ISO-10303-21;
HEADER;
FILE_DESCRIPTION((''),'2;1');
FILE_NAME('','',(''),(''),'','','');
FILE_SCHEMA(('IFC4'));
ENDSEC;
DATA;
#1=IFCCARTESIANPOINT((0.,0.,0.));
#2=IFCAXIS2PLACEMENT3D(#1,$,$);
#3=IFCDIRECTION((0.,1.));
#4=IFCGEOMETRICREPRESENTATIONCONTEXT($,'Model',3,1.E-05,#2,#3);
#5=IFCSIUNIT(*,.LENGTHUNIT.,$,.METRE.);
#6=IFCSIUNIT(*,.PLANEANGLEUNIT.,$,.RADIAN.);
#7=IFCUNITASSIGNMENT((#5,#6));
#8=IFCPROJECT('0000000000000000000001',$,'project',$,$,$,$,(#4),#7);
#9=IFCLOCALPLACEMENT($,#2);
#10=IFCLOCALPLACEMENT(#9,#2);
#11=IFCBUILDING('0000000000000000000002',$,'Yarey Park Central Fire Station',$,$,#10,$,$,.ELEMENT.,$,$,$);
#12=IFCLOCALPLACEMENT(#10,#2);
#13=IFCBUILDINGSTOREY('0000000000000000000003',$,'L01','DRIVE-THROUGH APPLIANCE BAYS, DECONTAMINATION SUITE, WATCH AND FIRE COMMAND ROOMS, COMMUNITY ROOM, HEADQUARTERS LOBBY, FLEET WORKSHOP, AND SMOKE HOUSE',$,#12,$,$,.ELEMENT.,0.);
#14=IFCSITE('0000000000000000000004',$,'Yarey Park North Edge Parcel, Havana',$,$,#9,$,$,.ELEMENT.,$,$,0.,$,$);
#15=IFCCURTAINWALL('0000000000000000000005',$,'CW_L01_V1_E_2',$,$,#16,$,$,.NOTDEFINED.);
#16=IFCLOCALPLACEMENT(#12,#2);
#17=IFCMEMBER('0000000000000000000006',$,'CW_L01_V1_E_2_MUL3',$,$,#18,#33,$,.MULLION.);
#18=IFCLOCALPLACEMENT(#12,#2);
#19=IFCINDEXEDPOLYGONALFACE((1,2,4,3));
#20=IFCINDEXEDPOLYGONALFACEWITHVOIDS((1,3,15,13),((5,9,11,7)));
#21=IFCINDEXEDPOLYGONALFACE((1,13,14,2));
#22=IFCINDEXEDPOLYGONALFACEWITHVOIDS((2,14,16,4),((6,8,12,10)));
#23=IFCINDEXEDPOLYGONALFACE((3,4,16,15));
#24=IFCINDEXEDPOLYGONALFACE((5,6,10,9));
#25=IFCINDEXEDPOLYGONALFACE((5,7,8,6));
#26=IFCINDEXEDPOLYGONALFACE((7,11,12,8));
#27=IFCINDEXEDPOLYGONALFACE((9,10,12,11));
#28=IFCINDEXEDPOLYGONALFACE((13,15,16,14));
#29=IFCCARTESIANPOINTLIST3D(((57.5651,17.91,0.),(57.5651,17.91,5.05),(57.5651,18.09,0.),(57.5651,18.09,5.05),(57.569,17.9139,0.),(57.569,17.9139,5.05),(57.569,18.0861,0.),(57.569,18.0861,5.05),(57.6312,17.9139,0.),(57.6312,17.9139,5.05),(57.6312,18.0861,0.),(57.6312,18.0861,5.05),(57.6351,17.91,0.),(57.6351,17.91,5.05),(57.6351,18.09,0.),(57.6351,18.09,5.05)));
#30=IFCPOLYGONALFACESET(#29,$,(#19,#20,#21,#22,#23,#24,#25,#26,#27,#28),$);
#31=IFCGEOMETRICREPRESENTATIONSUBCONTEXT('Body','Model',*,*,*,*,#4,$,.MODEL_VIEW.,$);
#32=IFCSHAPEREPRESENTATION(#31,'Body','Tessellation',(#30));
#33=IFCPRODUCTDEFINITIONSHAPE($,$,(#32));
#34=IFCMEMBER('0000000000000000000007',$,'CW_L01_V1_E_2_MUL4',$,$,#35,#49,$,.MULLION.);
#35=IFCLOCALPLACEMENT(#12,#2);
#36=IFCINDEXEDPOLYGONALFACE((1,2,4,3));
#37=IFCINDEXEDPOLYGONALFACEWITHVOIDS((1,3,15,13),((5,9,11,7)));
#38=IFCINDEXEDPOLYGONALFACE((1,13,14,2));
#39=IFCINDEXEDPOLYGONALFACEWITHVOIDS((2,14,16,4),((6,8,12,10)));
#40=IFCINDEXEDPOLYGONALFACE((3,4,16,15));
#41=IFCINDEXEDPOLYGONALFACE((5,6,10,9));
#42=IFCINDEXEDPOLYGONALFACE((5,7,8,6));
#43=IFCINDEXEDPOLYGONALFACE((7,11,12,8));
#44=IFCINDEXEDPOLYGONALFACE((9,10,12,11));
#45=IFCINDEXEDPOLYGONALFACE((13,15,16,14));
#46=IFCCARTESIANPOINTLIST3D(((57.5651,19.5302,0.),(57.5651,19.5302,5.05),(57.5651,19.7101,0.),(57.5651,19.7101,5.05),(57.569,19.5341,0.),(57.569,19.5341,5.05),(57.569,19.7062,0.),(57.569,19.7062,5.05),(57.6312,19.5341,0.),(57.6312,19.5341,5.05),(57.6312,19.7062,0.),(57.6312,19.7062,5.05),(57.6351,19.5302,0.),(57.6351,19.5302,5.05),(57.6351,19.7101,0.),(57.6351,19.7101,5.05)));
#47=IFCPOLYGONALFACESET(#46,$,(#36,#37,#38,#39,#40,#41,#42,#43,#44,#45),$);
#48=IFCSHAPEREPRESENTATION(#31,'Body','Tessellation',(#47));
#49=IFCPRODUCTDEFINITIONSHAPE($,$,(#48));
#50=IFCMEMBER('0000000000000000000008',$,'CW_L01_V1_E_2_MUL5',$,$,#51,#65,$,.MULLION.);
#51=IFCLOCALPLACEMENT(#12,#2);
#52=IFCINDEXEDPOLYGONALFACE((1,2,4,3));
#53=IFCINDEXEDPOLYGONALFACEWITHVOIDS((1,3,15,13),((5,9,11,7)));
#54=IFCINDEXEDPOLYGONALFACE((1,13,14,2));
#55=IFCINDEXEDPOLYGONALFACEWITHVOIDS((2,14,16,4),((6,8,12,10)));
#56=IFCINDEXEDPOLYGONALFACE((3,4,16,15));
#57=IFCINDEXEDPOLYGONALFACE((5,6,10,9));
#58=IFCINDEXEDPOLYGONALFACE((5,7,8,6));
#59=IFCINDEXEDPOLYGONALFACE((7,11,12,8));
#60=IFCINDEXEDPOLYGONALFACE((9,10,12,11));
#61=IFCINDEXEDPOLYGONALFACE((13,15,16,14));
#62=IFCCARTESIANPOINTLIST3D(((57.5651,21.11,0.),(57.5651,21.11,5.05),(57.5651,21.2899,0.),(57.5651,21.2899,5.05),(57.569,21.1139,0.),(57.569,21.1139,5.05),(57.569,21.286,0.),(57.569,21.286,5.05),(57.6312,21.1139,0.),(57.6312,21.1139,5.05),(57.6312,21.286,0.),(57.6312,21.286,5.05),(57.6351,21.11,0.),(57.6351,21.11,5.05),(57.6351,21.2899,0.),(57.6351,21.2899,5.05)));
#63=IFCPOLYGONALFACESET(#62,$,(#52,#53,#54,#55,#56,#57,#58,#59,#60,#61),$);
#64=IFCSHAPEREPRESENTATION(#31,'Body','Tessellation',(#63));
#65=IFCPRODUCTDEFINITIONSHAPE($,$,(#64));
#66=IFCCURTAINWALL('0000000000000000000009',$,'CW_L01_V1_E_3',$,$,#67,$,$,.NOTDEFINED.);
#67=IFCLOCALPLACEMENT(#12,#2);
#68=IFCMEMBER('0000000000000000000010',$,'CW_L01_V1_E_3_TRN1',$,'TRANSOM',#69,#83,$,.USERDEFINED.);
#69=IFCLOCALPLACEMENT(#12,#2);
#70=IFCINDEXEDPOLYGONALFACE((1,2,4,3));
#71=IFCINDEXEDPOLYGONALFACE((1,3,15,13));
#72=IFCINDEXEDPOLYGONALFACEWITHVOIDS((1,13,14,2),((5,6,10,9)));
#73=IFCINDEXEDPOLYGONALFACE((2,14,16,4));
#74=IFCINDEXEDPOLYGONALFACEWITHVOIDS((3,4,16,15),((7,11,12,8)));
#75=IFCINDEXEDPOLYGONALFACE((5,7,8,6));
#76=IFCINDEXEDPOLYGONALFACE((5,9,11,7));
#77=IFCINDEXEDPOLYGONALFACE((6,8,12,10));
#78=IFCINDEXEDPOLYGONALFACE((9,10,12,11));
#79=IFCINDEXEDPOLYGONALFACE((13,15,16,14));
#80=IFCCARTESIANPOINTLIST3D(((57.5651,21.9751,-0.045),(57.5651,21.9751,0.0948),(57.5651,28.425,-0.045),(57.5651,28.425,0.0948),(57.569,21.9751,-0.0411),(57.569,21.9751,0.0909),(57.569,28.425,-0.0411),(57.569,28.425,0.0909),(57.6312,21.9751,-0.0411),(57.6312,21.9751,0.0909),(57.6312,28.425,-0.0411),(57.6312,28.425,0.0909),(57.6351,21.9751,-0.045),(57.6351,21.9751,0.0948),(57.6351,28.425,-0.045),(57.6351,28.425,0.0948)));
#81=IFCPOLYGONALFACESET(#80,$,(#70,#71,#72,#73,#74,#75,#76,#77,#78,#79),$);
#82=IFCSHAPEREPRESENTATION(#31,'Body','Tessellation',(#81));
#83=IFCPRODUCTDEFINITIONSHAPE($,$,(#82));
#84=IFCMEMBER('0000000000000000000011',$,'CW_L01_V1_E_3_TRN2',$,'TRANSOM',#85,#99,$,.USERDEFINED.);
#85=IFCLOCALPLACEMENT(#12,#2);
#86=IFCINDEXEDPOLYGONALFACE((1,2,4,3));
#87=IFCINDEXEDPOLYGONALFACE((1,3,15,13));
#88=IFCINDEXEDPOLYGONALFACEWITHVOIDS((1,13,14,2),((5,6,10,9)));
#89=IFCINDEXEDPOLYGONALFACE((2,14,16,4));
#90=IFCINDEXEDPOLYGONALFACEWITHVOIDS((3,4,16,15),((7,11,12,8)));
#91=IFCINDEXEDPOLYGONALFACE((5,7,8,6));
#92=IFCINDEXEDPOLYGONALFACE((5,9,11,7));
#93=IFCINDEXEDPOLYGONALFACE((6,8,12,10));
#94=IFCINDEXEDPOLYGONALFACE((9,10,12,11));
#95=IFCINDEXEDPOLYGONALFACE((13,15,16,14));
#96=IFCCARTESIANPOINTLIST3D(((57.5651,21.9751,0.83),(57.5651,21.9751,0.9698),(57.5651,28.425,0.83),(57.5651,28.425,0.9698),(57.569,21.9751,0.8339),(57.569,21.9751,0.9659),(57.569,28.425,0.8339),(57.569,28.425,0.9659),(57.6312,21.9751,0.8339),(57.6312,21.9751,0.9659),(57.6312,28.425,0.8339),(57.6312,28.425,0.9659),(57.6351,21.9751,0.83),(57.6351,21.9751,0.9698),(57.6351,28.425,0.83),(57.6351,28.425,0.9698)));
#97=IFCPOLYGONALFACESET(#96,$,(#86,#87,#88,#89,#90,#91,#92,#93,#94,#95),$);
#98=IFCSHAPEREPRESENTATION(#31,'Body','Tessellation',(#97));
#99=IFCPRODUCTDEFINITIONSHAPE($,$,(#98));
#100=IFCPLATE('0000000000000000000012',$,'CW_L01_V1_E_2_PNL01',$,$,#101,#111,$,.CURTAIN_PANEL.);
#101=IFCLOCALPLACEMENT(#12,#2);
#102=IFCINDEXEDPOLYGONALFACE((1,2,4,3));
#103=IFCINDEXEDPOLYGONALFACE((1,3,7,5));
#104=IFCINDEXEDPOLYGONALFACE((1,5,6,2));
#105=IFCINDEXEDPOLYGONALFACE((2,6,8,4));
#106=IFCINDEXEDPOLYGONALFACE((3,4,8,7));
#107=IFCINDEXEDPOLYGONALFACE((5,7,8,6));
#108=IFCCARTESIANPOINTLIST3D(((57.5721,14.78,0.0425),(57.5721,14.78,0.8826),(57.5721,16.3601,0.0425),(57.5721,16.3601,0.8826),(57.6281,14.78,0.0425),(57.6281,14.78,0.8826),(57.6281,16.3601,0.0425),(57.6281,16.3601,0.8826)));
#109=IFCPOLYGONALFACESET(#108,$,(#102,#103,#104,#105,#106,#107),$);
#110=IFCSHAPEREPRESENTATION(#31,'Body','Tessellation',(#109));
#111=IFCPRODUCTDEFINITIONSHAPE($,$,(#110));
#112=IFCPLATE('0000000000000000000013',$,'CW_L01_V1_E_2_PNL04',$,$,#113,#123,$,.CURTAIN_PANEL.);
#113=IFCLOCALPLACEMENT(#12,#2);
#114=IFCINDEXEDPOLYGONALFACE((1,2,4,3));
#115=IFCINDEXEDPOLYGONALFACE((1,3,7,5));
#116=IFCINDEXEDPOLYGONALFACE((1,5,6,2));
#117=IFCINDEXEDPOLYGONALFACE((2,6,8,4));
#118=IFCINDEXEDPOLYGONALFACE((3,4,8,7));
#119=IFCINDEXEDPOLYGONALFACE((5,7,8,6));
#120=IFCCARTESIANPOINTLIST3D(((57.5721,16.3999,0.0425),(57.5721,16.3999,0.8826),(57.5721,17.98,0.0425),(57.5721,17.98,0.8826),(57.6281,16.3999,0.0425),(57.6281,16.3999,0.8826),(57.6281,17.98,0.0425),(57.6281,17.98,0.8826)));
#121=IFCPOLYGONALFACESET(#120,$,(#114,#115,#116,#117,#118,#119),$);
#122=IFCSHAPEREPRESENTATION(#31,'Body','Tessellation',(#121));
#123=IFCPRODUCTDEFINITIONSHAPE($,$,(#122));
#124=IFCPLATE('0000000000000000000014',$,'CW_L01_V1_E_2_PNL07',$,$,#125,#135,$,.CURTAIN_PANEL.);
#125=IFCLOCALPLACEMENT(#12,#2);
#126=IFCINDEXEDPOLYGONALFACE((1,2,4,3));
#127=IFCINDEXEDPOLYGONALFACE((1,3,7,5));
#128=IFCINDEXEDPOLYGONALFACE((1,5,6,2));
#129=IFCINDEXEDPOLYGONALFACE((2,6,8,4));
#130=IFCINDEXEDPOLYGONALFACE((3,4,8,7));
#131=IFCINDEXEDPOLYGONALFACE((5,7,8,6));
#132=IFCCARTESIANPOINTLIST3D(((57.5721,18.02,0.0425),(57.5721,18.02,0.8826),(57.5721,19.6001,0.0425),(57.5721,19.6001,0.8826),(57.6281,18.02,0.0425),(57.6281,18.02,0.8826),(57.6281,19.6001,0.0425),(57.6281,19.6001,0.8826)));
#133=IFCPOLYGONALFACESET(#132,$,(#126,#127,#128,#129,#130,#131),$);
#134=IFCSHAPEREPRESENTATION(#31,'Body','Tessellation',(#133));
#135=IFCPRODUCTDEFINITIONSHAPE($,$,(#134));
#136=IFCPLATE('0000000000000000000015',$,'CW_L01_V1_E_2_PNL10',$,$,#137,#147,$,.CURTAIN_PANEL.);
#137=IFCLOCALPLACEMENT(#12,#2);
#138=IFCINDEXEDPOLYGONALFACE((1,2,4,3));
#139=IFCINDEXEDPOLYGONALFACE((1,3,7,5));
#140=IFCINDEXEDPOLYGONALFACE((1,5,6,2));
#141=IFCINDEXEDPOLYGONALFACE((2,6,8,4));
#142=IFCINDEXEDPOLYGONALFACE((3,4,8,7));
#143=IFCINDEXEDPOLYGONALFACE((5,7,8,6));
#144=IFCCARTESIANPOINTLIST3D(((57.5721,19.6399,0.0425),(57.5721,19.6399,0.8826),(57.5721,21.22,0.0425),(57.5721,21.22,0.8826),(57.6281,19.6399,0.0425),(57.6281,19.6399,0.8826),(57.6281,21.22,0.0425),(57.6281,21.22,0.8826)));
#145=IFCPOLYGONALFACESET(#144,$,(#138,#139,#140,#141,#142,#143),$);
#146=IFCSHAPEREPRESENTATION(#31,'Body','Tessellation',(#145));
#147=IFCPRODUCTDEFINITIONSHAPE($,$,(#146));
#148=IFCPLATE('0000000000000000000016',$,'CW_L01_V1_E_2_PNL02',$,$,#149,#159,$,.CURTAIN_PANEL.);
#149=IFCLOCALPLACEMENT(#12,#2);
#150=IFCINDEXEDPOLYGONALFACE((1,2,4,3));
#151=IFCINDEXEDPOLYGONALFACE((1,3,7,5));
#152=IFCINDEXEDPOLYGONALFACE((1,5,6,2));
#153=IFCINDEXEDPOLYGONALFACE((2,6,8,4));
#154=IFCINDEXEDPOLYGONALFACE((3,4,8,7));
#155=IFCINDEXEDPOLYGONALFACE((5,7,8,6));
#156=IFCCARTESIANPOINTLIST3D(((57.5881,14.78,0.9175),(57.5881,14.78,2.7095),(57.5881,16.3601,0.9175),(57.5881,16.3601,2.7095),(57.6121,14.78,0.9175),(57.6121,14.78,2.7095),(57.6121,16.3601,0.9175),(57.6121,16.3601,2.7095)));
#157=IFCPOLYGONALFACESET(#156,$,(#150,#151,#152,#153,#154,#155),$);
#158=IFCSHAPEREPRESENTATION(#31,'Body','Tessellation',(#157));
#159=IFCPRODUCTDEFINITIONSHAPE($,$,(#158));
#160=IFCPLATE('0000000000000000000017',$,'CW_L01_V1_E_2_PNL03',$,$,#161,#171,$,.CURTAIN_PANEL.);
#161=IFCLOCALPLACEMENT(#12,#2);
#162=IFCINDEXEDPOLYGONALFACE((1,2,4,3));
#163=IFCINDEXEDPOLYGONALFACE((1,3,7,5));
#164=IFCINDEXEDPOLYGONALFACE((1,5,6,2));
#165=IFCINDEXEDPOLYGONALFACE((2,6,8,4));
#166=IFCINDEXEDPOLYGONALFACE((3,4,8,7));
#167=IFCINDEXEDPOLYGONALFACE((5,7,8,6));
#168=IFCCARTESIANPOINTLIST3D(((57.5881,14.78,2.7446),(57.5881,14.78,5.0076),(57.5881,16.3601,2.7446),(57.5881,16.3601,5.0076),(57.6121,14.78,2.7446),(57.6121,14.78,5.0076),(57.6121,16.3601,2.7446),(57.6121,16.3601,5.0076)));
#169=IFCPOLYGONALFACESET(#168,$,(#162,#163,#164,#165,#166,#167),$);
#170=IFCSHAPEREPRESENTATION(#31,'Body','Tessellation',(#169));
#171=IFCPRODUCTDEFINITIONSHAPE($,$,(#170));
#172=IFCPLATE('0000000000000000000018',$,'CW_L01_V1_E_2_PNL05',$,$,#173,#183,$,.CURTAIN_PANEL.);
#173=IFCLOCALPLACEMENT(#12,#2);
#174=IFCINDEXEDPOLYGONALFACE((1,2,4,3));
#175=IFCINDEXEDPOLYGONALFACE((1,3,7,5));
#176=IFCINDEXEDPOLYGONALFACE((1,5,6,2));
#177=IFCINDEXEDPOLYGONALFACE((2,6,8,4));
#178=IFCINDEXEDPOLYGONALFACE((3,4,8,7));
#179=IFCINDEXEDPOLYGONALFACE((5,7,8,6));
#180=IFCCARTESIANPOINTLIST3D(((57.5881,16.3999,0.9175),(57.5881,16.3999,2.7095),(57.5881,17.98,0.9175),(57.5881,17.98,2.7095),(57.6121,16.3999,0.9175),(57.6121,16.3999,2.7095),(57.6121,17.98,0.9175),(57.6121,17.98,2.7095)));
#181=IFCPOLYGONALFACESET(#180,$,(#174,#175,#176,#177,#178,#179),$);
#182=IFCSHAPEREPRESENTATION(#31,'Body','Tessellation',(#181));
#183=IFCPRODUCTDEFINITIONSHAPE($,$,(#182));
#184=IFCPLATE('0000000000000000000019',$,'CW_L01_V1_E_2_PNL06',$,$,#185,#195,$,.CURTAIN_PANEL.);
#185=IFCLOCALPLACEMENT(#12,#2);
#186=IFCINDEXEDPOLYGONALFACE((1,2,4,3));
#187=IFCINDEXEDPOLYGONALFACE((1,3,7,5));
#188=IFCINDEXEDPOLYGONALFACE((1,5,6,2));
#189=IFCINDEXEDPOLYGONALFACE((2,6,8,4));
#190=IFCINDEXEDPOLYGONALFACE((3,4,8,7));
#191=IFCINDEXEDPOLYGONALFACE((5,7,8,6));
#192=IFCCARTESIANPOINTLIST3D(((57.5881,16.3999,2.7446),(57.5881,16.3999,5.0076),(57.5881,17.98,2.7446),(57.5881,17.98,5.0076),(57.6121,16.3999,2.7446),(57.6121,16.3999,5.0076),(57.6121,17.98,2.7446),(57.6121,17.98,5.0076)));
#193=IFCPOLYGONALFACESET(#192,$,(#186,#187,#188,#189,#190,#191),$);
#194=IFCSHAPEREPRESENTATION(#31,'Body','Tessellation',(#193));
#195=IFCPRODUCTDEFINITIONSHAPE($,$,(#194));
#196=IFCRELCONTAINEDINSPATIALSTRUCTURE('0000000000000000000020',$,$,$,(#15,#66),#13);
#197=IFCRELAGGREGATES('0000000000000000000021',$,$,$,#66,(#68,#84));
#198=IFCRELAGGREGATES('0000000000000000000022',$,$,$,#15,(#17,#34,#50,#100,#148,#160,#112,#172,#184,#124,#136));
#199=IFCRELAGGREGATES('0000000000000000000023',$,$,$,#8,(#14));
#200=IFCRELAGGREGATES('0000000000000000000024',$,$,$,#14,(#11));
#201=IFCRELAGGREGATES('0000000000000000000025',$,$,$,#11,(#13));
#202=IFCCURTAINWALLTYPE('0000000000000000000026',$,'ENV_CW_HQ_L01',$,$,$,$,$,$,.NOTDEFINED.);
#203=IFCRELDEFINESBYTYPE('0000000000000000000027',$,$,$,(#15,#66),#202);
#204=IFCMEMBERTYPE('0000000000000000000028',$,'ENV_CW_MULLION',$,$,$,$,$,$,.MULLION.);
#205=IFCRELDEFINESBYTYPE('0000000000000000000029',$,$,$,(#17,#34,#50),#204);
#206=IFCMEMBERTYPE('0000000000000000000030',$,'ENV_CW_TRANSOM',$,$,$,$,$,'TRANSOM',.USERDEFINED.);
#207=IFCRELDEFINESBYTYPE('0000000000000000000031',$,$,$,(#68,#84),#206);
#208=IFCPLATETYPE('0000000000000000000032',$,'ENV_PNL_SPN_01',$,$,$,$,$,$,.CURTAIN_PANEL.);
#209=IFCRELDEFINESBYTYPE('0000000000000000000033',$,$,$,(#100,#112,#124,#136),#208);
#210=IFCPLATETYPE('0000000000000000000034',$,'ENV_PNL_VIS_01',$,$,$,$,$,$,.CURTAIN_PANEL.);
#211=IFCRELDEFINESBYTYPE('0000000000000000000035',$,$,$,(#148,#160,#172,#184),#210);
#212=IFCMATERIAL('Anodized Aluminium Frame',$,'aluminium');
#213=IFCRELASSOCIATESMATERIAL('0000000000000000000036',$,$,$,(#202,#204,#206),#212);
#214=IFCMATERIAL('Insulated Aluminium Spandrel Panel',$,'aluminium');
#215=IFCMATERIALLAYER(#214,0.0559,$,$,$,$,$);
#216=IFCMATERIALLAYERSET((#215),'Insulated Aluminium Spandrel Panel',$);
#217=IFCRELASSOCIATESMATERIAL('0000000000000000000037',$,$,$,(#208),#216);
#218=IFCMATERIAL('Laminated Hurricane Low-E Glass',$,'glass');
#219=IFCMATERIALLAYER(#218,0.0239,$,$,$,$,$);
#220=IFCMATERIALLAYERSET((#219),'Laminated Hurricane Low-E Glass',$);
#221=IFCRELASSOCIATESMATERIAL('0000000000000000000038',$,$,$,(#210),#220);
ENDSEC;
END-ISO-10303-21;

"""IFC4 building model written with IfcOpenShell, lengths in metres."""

from ifc_helpers import new_model, si_unit, direction, frame, origin, origin_2d, place, context, subcontext, project, spatial, rectangle, hollow_rectangle, extrude, material, layer, layer_set, material_profile, profile_set, type_object, element, aggregate, save


model = new_model("IFC4")

# Units and contexts
model_context = context("Model", 3, precision=1e-05, world=origin(), true_north=direction((0.0, 1.0)))
body_context = subcontext(model_context, "Body", "Model", "MODEL_VIEW")
ifc_project = project(units=[si_unit("LENGTHUNIT", "METRE"), si_unit("PLANEANGLEUNIT", "RADIAN")], contexts=[model_context])

# Site, building, storey
site_placement = place(None, origin())
site = spatial("IfcSite", under=ifc_project, at=site_placement, Name="Yarey Park North Edge Parcel, Havana", CompositionType="ELEMENT", RefElevation=0.0)
building_placement = place(site_placement, origin())
building = spatial("IfcBuilding", under=site, at=building_placement, Name="Yarey Park Central Fire Station", CompositionType="ELEMENT")
storey_placement = place(building_placement, origin())
storey = spatial("IfcBuildingStorey", under=building, at=storey_placement, Name="L01", Description="DRIVE-THROUGH APPLIANCE BAYS, DECONTAMINATION SUITE, WATCH AND FIRE COMMAND ROOMS, COMMUNITY ROOM, HEADQUARTERS LOBBY, FLEET WORKSHOP, AND SMOKE HOUSE", CompositionType="ELEMENT", Elevation=0.0)

# Curtain walls, members
ifc_material_1 = material(Name="Anodized Aluminium Frame", Category="aluminium")
curtain_wall_type = type_object("IfcCurtainWallType", Name="ENV_CW_HQ_L01", PredefinedType="NOTDEFINED", material=ifc_material_1)
curtain_wall_1_placement = place(storey_placement, origin())
curtain_wall_1 = element("IfcCurtainWall", 1, at=curtain_wall_1_placement, inside=storey, type_object=curtain_wall_type, Name="CW_L01_V1_E_2", PredefinedType="NOTDEFINED")
ifc_material_profile_1 = material_profile(ifc_material_1, hollow_rectangle(XDim=0.0701, YDim=0.1799, WallThickness=0.0039, at=origin_2d()), Name="ALU 180x70x4")
ifc_profile_set_1 = profile_set([ifc_material_profile_1], Name="Anodized Aluminium Frame")
member_type_1 = type_object("IfcMemberType", Name="ENV_CW_MULLION", PredefinedType="MULLION", material=ifc_profile_set_1)
member_1_placement = place(storey_placement, frame((57.6001, 18.0, 0.0), z_axis=(0.0, 0.0, 1.0), x_axis=(1.0, 0.0, 0.0)))
member_1 = element("IfcMember", 2, at=member_1_placement, type_object=member_type_1, Name="CW_L01_V1_E_2_MUL3", PredefinedType="MULLION", context=body_context, shape_type="SweptSolid", body=[
    extrude(hollow_rectangle(XDim=0.0701, YDim=0.1799, WallThickness=0.0039, at=origin_2d()), origin(), (0.0, 0.0, 1.0), 5.05),
])
member_2_placement = place(storey_placement, frame((57.6001, 19.6201, 0.0), z_axis=(0.0, 0.0, 1.0), x_axis=(1.0, 0.0, 0.0)))
member_2 = element("IfcMember", 3, at=member_2_placement, type_object=member_type_1, Name="CW_L01_V1_E_2_MUL4", PredefinedType="MULLION", context=body_context, shape_type="SweptSolid", body=[
    extrude(hollow_rectangle(XDim=0.0701, YDim=0.1799, WallThickness=0.0039, at=origin_2d()), origin(), (0.0, 0.0, 1.0), 5.05),
])
member_3_placement = place(storey_placement, frame((57.6001, 21.2, 0.0), z_axis=(0.0, 0.0, 1.0), x_axis=(1.0, 0.0, 0.0)))
member_3 = element("IfcMember", 4, at=member_3_placement, type_object=member_type_1, Name="CW_L01_V1_E_2_MUL5", PredefinedType="MULLION", context=body_context, shape_type="SweptSolid", body=[
    extrude(hollow_rectangle(XDim=0.0701, YDim=0.1799, WallThickness=0.0039, at=origin_2d()), origin(), (0.0, 0.0, 1.0), 5.05),
])
curtain_wall_2_placement = place(storey_placement, origin())
curtain_wall_2 = element("IfcCurtainWall", 5, at=curtain_wall_2_placement, inside=storey, type_object=curtain_wall_type, Name="CW_L01_V1_E_3", PredefinedType="NOTDEFINED")
ifc_material_profile_2 = material_profile(ifc_material_1, hollow_rectangle(XDim=0.0701, YDim=0.1399, WallThickness=0.0039, at=origin_2d()), Name="ALU 140x70x4")
ifc_profile_set_2 = profile_set([ifc_material_profile_2], Name="Anodized Aluminium Frame")
member_type_2 = type_object("IfcMemberType", Name="ENV_CW_TRANSOM", ElementType="TRANSOM", PredefinedType="USERDEFINED", material=ifc_profile_set_2)
member_4_placement = place(storey_placement, frame((57.6001, 21.9751, 0.0249), z_axis=(0.0, 1.0, 0.0), x_axis=(-1.0, 0.0, 0.0)))
member_4 = element("IfcMember", 6, at=member_4_placement, type_object=member_type_2, Name="CW_L01_V1_E_3_TRN1", ObjectType="TRANSOM", PredefinedType="USERDEFINED", context=body_context, shape_type="SweptSolid", body=[
    extrude(hollow_rectangle(XDim=0.0701, YDim=0.1399, WallThickness=0.0039, at=origin_2d()), origin(), (0.0, 0.0, 1.0), 6.45),
])
member_5_placement = place(storey_placement, frame((57.6001, 21.9751, 0.8999), z_axis=(0.0, 1.0, 0.0), x_axis=(-1.0, 0.0, 0.0)))
member_5 = element("IfcMember", 7, at=member_5_placement, type_object=member_type_2, Name="CW_L01_V1_E_3_TRN2", ObjectType="TRANSOM", PredefinedType="USERDEFINED", context=body_context, shape_type="SweptSolid", body=[
    extrude(hollow_rectangle(XDim=0.0701, YDim=0.1399, WallThickness=0.0039, at=origin_2d()), origin(), (0.0, 0.0, 1.0), 6.45),
])
aggregate(curtain_wall_2, [member_4, member_5])

# Plates
ifc_material_2 = material(Name="Insulated Aluminium Spandrel Panel", Category="aluminium")
ifc_layer_1 = layer(ifc_material_2, 0.0559)
ifc_layer_set_1 = layer_set([ifc_layer_1], Name="Insulated Aluminium Spandrel Panel")
plate_type_1 = type_object("IfcPlateType", Name="ENV_PNL_SPN_01", PredefinedType="CURTAIN_PANEL", material=ifc_layer_set_1)
plate_1_placement = place(storey_placement, frame((57.6001, 15.5701, 0.0425), z_axis=(0.0, 0.0, 1.0), x_axis=(0.0, 1.0, 0.0)))
plate_1 = element("IfcPlate", 8, at=plate_1_placement, type_object=plate_type_1, Name="CW_L01_V1_E_2_PNL01", PredefinedType="CURTAIN_PANEL", context=body_context, shape_type="SweptSolid", body=[
    extrude(rectangle(XDim=1.5801, YDim=0.0559, at=origin_2d()), origin(), (0.0, 0.0, 1.0), 0.8401),
])
plate_2_placement = place(storey_placement, frame((57.6001, 17.1899, 0.0425), z_axis=(0.0, 0.0, 1.0), x_axis=(0.0, 1.0, 0.0)))
plate_2 = element("IfcPlate", 9, at=plate_2_placement, type_object=plate_type_1, Name="CW_L01_V1_E_2_PNL04", PredefinedType="CURTAIN_PANEL", context=body_context, shape_type="SweptSolid", body=[
    extrude(rectangle(XDim=1.5801, YDim=0.0559, at=origin_2d()), origin(), (0.0, 0.0, 1.0), 0.8401),
])
plate_3_placement = place(storey_placement, frame((57.6001, 18.8101, 0.0425), z_axis=(0.0, 0.0, 1.0), x_axis=(0.0, 1.0, 0.0)))
plate_3 = element("IfcPlate", 10, at=plate_3_placement, type_object=plate_type_1, Name="CW_L01_V1_E_2_PNL07", PredefinedType="CURTAIN_PANEL", context=body_context, shape_type="SweptSolid", body=[
    extrude(rectangle(XDim=1.5801, YDim=0.0559, at=origin_2d()), origin(), (0.0, 0.0, 1.0), 0.8401),
])
plate_4_placement = place(storey_placement, frame((57.6001, 20.4299, 0.0425), z_axis=(0.0, 0.0, 1.0), x_axis=(0.0, 1.0, 0.0)))
plate_4 = element("IfcPlate", 11, at=plate_4_placement, type_object=plate_type_1, Name="CW_L01_V1_E_2_PNL10", PredefinedType="CURTAIN_PANEL", context=body_context, shape_type="SweptSolid", body=[
    extrude(rectangle(XDim=1.5801, YDim=0.0559, at=origin_2d()), origin(), (0.0, 0.0, 1.0), 0.8401),
])
ifc_material_3 = material(Name="Laminated Hurricane Low-E Glass", Category="glass")
ifc_layer_2 = layer(ifc_material_3, 0.0239)
ifc_layer_set_2 = layer_set([ifc_layer_2], Name="Laminated Hurricane Low-E Glass")
plate_type_2 = type_object("IfcPlateType", Name="ENV_PNL_VIS_01", PredefinedType="CURTAIN_PANEL", material=ifc_layer_set_2)
plate_5_placement = place(storey_placement, frame((57.6001, 15.5701, 0.9175), z_axis=(0.0, 0.0, 1.0), x_axis=(0.0, 1.0, 0.0)))
plate_5 = element("IfcPlate", 12, at=plate_5_placement, type_object=plate_type_2, Name="CW_L01_V1_E_2_PNL02", PredefinedType="CURTAIN_PANEL", context=body_context, shape_type="SweptSolid", body=[
    extrude(rectangle(XDim=1.5801, YDim=0.0239, at=origin_2d()), origin(), (0.0, 0.0, 1.0), 1.792),
])
plate_6_placement = place(storey_placement, frame((57.6001, 15.5701, 2.7446), z_axis=(0.0, 0.0, 1.0), x_axis=(0.0, 1.0, 0.0)))
plate_6 = element("IfcPlate", 13, at=plate_6_placement, type_object=plate_type_2, Name="CW_L01_V1_E_2_PNL03", PredefinedType="CURTAIN_PANEL", context=body_context, shape_type="SweptSolid", body=[
    extrude(rectangle(XDim=1.5801, YDim=0.0239, at=origin_2d()), origin(), (0.0, 0.0, 1.0), 2.2629),
])
plate_7_placement = place(storey_placement, frame((57.6001, 17.1899, 0.9175), z_axis=(0.0, 0.0, 1.0), x_axis=(0.0, 1.0, 0.0)))
plate_7 = element("IfcPlate", 14, at=plate_7_placement, type_object=plate_type_2, Name="CW_L01_V1_E_2_PNL05", PredefinedType="CURTAIN_PANEL", context=body_context, shape_type="SweptSolid", body=[
    extrude(rectangle(XDim=1.5801, YDim=0.0239, at=origin_2d()), origin(), (0.0, 0.0, 1.0), 1.792),
])
plate_8_placement = place(storey_placement, frame((57.6001, 17.1899, 2.7446), z_axis=(0.0, 0.0, 1.0), x_axis=(0.0, 1.0, 0.0)))
plate_8 = element("IfcPlate", 15, at=plate_8_placement, type_object=plate_type_2, Name="CW_L01_V1_E_2_PNL06", PredefinedType="CURTAIN_PANEL", context=body_context, shape_type="SweptSolid", body=[
    extrude(rectangle(XDim=1.5801, YDim=0.0239, at=origin_2d()), origin(), (0.0, 0.0, 1.0), 2.2629),
])
aggregate(curtain_wall_1, [member_1, member_2, member_3, plate_1, plate_5, plate_6, plate_2, plate_7, plate_8, plate_3, plate_4])

save(model, "model.ifc")
